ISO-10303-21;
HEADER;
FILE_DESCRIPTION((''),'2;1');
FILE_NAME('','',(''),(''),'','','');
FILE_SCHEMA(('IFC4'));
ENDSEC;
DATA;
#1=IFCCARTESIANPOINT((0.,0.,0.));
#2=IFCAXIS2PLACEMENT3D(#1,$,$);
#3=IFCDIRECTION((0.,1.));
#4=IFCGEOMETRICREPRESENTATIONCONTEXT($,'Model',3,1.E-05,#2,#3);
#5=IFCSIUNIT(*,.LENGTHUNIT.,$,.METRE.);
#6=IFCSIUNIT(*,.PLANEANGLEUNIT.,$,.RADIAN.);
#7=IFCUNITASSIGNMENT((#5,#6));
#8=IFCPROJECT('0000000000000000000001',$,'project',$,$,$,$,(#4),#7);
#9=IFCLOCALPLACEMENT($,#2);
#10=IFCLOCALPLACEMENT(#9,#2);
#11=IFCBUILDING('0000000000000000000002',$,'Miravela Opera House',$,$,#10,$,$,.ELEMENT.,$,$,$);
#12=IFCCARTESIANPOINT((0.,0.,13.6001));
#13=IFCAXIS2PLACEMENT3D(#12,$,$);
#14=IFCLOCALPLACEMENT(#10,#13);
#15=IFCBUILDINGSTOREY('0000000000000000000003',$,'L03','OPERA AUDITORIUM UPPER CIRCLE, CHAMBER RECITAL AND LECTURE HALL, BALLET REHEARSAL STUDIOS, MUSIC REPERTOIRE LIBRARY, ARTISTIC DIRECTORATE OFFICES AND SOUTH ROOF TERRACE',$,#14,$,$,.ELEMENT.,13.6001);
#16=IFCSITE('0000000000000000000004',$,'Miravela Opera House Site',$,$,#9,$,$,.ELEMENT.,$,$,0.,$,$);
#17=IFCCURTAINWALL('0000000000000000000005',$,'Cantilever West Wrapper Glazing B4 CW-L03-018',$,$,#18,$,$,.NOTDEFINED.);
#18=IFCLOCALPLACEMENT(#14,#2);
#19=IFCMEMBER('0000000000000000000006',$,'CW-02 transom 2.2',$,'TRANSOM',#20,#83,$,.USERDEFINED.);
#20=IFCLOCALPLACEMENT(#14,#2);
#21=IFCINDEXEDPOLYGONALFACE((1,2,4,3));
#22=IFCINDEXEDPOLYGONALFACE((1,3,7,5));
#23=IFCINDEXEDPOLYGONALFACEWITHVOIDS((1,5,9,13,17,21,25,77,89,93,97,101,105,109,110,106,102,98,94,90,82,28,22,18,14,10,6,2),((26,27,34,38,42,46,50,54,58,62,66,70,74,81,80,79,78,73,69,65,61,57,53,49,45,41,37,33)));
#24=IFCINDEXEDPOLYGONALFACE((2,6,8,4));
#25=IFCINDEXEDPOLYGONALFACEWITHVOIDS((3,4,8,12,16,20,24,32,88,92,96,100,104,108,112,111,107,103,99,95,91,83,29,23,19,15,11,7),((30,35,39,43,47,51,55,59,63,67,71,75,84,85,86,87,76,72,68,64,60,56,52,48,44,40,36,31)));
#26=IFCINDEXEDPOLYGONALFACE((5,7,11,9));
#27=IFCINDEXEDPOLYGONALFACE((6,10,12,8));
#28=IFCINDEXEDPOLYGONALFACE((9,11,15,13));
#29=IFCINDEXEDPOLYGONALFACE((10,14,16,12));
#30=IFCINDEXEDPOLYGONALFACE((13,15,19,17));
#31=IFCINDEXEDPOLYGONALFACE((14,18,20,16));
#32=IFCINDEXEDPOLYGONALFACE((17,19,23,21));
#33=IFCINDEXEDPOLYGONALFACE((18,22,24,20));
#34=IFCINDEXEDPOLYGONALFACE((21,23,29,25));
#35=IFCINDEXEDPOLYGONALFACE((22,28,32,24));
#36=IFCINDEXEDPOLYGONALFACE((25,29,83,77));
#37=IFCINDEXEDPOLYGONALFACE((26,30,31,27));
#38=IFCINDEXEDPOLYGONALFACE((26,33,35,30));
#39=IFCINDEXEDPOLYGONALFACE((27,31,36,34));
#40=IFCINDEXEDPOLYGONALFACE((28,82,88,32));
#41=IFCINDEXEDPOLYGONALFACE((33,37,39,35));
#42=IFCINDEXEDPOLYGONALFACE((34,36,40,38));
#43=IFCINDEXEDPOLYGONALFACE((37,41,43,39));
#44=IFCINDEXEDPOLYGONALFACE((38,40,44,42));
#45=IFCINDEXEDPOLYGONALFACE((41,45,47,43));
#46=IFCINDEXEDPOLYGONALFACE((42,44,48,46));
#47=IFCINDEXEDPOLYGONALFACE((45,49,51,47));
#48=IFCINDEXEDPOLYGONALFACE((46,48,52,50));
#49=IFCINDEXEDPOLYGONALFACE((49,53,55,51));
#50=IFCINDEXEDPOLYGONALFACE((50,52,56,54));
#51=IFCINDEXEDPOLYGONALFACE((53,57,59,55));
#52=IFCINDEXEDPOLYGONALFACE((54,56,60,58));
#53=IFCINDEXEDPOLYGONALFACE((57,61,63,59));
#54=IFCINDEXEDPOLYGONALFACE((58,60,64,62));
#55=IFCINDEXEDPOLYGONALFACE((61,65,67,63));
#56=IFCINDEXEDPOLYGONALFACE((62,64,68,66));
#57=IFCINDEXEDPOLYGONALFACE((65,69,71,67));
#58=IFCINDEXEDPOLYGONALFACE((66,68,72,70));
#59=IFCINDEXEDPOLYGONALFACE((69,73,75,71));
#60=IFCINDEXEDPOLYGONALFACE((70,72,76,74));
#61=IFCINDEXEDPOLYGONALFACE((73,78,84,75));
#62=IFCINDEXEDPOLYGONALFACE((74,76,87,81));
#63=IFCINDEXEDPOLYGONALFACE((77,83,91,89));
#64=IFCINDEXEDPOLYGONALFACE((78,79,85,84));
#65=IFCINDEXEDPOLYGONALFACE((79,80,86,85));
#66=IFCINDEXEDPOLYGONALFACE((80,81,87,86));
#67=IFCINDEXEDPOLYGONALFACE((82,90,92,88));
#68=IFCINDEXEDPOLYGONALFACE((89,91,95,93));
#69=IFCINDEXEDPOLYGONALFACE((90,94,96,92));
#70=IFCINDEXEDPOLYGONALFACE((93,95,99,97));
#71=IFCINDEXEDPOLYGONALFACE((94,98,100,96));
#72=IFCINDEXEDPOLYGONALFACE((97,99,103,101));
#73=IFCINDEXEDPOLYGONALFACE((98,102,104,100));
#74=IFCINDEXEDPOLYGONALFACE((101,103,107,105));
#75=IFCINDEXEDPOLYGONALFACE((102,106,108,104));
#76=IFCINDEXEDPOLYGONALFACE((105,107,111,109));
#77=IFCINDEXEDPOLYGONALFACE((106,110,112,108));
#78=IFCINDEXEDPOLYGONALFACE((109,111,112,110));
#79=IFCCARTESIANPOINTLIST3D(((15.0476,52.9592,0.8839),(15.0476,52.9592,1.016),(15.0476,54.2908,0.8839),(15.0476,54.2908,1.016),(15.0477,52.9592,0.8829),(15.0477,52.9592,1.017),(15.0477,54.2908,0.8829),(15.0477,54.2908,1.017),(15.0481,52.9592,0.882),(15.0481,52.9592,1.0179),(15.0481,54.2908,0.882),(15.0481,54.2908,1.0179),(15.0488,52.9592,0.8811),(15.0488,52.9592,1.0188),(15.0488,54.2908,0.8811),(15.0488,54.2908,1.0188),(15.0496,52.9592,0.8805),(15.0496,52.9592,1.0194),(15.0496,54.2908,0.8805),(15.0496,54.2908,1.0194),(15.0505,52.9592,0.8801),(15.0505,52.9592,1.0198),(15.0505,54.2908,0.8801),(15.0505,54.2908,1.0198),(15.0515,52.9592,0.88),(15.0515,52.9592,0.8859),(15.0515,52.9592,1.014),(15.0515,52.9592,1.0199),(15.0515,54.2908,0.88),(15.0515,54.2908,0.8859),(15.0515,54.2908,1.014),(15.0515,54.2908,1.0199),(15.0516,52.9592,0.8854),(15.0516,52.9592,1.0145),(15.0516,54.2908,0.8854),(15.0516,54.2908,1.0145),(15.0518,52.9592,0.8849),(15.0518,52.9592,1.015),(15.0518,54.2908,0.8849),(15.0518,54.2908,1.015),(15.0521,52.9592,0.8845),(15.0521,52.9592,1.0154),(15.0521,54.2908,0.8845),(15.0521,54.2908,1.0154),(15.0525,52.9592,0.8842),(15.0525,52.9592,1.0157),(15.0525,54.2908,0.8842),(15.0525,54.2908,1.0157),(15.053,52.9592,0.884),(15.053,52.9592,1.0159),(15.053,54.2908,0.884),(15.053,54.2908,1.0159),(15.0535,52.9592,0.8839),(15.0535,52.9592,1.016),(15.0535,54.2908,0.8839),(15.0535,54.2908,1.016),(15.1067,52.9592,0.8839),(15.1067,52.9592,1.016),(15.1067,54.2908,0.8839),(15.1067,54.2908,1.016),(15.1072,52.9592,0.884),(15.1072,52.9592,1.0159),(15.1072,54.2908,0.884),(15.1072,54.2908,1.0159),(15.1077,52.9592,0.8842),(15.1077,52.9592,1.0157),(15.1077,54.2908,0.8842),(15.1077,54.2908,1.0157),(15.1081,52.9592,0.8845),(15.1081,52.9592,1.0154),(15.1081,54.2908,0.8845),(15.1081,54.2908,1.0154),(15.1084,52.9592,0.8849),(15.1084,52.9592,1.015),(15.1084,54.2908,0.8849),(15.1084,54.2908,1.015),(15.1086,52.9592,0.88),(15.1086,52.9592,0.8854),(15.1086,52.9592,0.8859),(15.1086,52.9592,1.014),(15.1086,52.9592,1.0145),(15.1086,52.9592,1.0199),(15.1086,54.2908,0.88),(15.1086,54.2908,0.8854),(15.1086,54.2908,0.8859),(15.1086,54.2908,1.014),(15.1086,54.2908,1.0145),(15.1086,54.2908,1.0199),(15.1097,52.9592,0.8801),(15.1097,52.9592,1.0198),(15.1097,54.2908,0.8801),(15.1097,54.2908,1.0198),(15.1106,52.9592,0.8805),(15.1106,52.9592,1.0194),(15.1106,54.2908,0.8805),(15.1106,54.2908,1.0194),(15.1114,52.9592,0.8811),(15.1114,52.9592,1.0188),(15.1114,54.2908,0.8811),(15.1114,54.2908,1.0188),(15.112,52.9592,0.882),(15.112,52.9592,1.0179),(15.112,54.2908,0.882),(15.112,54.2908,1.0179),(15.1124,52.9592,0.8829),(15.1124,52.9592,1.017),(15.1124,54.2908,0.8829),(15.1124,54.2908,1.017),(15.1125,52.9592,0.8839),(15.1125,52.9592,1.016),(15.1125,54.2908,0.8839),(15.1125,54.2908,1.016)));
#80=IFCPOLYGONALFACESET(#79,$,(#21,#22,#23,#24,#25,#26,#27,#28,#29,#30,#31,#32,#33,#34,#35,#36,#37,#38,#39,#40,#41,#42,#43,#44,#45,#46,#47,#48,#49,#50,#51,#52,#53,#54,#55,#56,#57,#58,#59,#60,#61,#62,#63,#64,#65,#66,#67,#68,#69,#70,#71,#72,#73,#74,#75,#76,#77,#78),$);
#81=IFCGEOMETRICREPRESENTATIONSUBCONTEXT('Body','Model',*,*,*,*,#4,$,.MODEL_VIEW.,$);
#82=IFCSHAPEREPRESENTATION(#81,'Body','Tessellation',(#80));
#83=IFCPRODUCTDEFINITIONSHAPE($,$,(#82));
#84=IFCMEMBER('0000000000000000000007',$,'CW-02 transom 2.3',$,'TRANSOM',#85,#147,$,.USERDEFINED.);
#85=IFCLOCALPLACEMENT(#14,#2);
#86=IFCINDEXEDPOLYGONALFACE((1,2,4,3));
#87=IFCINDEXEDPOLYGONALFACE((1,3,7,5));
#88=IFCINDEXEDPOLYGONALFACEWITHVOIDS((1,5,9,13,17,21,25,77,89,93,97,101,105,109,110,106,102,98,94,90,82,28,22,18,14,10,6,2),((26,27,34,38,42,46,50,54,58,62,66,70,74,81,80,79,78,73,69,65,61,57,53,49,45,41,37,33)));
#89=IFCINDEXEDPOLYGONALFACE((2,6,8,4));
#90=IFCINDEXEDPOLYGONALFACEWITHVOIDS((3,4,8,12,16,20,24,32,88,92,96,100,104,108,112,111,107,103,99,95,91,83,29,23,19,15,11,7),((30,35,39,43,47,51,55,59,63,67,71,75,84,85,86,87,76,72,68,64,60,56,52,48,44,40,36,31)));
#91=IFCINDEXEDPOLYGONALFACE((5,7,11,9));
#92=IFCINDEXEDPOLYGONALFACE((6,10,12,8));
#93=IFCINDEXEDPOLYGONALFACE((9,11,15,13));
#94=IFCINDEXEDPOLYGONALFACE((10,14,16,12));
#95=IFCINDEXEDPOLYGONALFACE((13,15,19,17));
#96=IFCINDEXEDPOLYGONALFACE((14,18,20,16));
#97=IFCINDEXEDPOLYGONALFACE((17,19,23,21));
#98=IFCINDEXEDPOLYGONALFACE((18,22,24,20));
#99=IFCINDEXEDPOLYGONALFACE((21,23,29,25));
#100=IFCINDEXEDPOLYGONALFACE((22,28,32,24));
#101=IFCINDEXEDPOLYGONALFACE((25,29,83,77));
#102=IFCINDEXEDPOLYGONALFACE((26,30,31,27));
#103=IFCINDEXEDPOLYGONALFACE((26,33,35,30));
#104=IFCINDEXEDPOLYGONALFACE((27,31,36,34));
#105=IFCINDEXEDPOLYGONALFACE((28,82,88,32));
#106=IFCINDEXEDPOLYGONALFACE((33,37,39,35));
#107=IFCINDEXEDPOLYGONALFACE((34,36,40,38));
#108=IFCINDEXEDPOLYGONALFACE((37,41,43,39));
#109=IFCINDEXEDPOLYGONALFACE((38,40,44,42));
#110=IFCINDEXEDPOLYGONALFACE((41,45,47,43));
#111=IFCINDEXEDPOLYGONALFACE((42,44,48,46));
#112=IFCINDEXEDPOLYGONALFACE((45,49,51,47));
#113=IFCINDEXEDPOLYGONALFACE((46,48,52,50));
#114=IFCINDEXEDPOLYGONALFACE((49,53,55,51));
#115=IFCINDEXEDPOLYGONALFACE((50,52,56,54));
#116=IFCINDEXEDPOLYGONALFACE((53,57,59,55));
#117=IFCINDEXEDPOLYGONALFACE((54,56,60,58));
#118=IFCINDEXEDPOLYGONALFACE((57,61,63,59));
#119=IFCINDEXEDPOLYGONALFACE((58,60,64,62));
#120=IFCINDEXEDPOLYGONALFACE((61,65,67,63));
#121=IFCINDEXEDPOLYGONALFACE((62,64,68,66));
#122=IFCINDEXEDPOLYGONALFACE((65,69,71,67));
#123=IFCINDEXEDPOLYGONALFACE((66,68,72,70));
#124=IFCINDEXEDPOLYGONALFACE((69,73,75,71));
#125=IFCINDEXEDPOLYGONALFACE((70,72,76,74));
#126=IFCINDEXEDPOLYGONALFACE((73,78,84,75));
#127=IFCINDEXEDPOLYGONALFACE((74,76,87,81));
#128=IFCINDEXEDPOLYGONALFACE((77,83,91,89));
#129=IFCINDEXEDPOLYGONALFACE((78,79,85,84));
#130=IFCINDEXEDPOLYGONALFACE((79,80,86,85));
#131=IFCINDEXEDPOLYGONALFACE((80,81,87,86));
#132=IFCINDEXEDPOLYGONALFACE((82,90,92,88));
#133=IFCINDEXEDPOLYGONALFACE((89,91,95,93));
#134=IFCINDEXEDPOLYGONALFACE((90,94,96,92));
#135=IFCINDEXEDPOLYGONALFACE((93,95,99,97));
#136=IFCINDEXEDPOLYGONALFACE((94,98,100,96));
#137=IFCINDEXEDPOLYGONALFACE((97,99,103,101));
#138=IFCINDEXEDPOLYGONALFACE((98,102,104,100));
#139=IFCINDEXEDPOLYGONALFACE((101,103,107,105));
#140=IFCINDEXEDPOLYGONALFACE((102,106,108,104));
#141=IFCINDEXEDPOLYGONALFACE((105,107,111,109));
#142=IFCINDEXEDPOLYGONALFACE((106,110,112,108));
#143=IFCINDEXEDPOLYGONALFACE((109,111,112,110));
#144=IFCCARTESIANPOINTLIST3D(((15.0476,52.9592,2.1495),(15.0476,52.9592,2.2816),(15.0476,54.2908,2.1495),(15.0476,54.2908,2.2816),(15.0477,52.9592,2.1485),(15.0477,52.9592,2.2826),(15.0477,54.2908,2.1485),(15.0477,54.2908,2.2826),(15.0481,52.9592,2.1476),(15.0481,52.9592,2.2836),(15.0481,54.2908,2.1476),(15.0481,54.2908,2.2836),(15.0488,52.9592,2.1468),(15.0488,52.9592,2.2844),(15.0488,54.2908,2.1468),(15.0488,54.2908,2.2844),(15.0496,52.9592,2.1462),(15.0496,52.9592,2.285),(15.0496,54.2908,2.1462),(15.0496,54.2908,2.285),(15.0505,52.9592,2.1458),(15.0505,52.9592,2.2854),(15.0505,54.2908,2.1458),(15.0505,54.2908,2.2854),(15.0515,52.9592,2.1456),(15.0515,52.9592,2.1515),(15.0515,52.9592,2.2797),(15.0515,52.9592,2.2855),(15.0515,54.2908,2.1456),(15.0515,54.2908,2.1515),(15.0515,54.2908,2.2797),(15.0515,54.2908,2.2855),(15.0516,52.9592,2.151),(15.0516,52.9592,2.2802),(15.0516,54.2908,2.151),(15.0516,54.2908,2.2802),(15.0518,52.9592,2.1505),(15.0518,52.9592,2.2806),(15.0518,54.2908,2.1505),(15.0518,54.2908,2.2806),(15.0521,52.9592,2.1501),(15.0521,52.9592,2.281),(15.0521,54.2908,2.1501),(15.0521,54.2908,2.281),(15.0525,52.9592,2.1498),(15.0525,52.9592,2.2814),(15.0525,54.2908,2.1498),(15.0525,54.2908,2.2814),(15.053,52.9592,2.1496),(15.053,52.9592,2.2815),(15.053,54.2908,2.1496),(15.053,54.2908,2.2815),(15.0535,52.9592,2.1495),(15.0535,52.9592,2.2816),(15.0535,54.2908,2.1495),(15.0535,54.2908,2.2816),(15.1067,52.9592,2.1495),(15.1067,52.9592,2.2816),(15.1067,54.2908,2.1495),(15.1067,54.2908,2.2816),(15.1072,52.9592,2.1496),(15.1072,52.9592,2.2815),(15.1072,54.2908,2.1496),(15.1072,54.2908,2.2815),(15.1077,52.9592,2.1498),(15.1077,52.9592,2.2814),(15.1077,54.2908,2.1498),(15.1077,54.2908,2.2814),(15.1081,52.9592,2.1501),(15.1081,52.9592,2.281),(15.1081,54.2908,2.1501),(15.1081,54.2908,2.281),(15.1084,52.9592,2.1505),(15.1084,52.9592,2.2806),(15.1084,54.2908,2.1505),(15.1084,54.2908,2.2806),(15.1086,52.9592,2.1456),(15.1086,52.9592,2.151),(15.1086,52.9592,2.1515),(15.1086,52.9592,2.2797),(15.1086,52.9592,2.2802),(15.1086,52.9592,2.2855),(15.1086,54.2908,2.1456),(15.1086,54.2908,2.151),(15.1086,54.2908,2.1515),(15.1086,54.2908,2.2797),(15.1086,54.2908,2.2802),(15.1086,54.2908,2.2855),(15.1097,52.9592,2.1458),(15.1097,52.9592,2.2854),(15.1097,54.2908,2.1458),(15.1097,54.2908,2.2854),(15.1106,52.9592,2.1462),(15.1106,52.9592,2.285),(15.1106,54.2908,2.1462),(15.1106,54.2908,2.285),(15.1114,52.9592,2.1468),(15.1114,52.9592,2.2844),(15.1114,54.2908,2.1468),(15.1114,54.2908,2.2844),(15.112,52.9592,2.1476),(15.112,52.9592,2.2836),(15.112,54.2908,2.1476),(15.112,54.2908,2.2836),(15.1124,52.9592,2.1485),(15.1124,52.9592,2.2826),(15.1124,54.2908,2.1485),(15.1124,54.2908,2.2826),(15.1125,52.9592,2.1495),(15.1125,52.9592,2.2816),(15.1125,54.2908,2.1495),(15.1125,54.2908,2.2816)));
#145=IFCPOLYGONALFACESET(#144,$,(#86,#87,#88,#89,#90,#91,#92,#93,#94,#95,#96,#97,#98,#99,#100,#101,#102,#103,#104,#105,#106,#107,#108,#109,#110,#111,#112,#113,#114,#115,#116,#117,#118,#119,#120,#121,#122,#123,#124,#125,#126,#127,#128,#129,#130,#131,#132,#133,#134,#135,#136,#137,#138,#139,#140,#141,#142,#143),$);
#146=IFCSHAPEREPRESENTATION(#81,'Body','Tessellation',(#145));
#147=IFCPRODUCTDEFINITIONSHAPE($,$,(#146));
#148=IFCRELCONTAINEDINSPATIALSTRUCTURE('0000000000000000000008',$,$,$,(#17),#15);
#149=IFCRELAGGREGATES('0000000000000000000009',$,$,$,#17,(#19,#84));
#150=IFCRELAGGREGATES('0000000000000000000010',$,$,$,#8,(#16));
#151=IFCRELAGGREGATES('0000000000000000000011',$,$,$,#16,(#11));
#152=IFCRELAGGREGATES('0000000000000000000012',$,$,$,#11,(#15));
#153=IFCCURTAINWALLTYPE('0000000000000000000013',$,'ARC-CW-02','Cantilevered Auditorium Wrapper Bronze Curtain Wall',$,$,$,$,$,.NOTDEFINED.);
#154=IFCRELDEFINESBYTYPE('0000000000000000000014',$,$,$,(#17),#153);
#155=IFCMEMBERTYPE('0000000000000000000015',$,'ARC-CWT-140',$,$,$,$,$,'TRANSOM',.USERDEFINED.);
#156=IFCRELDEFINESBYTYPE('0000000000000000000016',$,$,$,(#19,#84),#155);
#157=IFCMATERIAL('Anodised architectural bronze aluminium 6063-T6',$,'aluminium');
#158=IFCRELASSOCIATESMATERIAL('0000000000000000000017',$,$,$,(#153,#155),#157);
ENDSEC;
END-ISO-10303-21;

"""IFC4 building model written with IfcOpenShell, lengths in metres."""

from ifc_helpers import new_model, si_unit, direction, frame, origin, origin_2d, place, context, subcontext, project, spatial, hollow_rectangle, extrude, material, material_profile, profile_set, type_object, element, aggregate, save


model = new_model("IFC4")

# Units and contexts
model_context = context("Model", 3, precision=1e-05, world=origin(), true_north=direction((0.0, 1.0)))
body_context = subcontext(model_context, "Body", "Model", "MODEL_VIEW")
ifc_project = project(units=[si_unit("LENGTHUNIT", "METRE"), si_unit("PLANEANGLEUNIT", "RADIAN")], contexts=[model_context])

# Site, building, storey
site_placement = place(None, origin())
site = spatial("IfcSite", under=ifc_project, at=site_placement, Name="Miravela Opera House Site", CompositionType="ELEMENT", RefElevation=0.0)
building_placement = place(site_placement, origin())
building = spatial("IfcBuilding", under=site, at=building_placement, Name="Miravela Opera House", CompositionType="ELEMENT")
storey_placement = place(building_placement, frame((0.0, 0.0, 13.6001)))
storey = spatial("IfcBuildingStorey", under=building, at=storey_placement, Name="L03", Description="OPERA AUDITORIUM UPPER CIRCLE, CHAMBER RECITAL AND LECTURE HALL, BALLET REHEARSAL STUDIOS, MUSIC REPERTOIRE LIBRARY, ARTISTIC DIRECTORATE OFFICES AND SOUTH ROOF TERRACE", CompositionType="ELEMENT", Elevation=13.6001)

# Curtain wall, members
ifc_material_1 = material(Name="Anodised architectural bronze aluminium 6063-T6", Category="aluminium")
curtain_wall_type = type_object("IfcCurtainWallType", Name="ARC-CW-02", Description="Cantilevered Auditorium Wrapper Bronze Curtain Wall", PredefinedType="NOTDEFINED", material=ifc_material_1)
curtain_wall_placement = place(storey_placement, origin())
curtain_wall = element("IfcCurtainWall", 1, at=curtain_wall_placement, inside=storey, type_object=curtain_wall_type, Name="Cantilever West Wrapper Glazing B4 CW-L03-018", PredefinedType="NOTDEFINED")
ifc_material_profile_1 = material_profile(ifc_material_1, hollow_rectangle(XDim=0.0649, YDim=0.1399, WallThickness=0.0039, InnerFilletRadius=0.002, OuterFilletRadius=0.0039, at=origin_2d()), Name="CWT-65X140")
ifc_profile_set_1 = profile_set([ifc_material_profile_1])
member_type_1 = type_object("IfcMemberType", Name="ARC-CWT-140", ElementType="TRANSOM", PredefinedType="USERDEFINED", material=ifc_profile_set_1)
member_1_placement = place(storey_placement, frame((15.0801, 52.9592, 0.95), z_axis=(0.0, 1.0, 0.0), x_axis=(-1.0, 0.0, 0.0)))
member_1 = element("IfcMember", 2, at=member_1_placement, type_object=member_type_1, Name="CW-02 transom 2.2", ObjectType="TRANSOM", PredefinedType="USERDEFINED", context=body_context, shape_type="SweptSolid", body=[
    extrude(hollow_rectangle(XDim=0.0649, YDim=0.1399, WallThickness=0.0039, InnerFilletRadius=0.002, OuterFilletRadius=0.0039, at=origin_2d()), origin(), (0.0, 0.0, 1.0), 1.3315),
])
member_2_placement = place(storey_placement, frame((15.0801, 52.9592, 2.2156), z_axis=(0.0, 1.0, 0.0), x_axis=(-1.0, 0.0, 0.0)))
member_2 = element("IfcMember", 3, at=member_2_placement, type_object=member_type_1, Name="CW-02 transom 2.3", ObjectType="TRANSOM", PredefinedType="USERDEFINED", context=body_context, shape_type="SweptSolid", body=[
    extrude(hollow_rectangle(XDim=0.0649, YDim=0.1399, WallThickness=0.0039, InnerFilletRadius=0.002, OuterFilletRadius=0.0039, at=origin_2d()), origin(), (0.0, 0.0, 1.0), 1.3315),
])

aggregate(curtain_wall, [member_1, member_2])

save(model, "model.ifc")
